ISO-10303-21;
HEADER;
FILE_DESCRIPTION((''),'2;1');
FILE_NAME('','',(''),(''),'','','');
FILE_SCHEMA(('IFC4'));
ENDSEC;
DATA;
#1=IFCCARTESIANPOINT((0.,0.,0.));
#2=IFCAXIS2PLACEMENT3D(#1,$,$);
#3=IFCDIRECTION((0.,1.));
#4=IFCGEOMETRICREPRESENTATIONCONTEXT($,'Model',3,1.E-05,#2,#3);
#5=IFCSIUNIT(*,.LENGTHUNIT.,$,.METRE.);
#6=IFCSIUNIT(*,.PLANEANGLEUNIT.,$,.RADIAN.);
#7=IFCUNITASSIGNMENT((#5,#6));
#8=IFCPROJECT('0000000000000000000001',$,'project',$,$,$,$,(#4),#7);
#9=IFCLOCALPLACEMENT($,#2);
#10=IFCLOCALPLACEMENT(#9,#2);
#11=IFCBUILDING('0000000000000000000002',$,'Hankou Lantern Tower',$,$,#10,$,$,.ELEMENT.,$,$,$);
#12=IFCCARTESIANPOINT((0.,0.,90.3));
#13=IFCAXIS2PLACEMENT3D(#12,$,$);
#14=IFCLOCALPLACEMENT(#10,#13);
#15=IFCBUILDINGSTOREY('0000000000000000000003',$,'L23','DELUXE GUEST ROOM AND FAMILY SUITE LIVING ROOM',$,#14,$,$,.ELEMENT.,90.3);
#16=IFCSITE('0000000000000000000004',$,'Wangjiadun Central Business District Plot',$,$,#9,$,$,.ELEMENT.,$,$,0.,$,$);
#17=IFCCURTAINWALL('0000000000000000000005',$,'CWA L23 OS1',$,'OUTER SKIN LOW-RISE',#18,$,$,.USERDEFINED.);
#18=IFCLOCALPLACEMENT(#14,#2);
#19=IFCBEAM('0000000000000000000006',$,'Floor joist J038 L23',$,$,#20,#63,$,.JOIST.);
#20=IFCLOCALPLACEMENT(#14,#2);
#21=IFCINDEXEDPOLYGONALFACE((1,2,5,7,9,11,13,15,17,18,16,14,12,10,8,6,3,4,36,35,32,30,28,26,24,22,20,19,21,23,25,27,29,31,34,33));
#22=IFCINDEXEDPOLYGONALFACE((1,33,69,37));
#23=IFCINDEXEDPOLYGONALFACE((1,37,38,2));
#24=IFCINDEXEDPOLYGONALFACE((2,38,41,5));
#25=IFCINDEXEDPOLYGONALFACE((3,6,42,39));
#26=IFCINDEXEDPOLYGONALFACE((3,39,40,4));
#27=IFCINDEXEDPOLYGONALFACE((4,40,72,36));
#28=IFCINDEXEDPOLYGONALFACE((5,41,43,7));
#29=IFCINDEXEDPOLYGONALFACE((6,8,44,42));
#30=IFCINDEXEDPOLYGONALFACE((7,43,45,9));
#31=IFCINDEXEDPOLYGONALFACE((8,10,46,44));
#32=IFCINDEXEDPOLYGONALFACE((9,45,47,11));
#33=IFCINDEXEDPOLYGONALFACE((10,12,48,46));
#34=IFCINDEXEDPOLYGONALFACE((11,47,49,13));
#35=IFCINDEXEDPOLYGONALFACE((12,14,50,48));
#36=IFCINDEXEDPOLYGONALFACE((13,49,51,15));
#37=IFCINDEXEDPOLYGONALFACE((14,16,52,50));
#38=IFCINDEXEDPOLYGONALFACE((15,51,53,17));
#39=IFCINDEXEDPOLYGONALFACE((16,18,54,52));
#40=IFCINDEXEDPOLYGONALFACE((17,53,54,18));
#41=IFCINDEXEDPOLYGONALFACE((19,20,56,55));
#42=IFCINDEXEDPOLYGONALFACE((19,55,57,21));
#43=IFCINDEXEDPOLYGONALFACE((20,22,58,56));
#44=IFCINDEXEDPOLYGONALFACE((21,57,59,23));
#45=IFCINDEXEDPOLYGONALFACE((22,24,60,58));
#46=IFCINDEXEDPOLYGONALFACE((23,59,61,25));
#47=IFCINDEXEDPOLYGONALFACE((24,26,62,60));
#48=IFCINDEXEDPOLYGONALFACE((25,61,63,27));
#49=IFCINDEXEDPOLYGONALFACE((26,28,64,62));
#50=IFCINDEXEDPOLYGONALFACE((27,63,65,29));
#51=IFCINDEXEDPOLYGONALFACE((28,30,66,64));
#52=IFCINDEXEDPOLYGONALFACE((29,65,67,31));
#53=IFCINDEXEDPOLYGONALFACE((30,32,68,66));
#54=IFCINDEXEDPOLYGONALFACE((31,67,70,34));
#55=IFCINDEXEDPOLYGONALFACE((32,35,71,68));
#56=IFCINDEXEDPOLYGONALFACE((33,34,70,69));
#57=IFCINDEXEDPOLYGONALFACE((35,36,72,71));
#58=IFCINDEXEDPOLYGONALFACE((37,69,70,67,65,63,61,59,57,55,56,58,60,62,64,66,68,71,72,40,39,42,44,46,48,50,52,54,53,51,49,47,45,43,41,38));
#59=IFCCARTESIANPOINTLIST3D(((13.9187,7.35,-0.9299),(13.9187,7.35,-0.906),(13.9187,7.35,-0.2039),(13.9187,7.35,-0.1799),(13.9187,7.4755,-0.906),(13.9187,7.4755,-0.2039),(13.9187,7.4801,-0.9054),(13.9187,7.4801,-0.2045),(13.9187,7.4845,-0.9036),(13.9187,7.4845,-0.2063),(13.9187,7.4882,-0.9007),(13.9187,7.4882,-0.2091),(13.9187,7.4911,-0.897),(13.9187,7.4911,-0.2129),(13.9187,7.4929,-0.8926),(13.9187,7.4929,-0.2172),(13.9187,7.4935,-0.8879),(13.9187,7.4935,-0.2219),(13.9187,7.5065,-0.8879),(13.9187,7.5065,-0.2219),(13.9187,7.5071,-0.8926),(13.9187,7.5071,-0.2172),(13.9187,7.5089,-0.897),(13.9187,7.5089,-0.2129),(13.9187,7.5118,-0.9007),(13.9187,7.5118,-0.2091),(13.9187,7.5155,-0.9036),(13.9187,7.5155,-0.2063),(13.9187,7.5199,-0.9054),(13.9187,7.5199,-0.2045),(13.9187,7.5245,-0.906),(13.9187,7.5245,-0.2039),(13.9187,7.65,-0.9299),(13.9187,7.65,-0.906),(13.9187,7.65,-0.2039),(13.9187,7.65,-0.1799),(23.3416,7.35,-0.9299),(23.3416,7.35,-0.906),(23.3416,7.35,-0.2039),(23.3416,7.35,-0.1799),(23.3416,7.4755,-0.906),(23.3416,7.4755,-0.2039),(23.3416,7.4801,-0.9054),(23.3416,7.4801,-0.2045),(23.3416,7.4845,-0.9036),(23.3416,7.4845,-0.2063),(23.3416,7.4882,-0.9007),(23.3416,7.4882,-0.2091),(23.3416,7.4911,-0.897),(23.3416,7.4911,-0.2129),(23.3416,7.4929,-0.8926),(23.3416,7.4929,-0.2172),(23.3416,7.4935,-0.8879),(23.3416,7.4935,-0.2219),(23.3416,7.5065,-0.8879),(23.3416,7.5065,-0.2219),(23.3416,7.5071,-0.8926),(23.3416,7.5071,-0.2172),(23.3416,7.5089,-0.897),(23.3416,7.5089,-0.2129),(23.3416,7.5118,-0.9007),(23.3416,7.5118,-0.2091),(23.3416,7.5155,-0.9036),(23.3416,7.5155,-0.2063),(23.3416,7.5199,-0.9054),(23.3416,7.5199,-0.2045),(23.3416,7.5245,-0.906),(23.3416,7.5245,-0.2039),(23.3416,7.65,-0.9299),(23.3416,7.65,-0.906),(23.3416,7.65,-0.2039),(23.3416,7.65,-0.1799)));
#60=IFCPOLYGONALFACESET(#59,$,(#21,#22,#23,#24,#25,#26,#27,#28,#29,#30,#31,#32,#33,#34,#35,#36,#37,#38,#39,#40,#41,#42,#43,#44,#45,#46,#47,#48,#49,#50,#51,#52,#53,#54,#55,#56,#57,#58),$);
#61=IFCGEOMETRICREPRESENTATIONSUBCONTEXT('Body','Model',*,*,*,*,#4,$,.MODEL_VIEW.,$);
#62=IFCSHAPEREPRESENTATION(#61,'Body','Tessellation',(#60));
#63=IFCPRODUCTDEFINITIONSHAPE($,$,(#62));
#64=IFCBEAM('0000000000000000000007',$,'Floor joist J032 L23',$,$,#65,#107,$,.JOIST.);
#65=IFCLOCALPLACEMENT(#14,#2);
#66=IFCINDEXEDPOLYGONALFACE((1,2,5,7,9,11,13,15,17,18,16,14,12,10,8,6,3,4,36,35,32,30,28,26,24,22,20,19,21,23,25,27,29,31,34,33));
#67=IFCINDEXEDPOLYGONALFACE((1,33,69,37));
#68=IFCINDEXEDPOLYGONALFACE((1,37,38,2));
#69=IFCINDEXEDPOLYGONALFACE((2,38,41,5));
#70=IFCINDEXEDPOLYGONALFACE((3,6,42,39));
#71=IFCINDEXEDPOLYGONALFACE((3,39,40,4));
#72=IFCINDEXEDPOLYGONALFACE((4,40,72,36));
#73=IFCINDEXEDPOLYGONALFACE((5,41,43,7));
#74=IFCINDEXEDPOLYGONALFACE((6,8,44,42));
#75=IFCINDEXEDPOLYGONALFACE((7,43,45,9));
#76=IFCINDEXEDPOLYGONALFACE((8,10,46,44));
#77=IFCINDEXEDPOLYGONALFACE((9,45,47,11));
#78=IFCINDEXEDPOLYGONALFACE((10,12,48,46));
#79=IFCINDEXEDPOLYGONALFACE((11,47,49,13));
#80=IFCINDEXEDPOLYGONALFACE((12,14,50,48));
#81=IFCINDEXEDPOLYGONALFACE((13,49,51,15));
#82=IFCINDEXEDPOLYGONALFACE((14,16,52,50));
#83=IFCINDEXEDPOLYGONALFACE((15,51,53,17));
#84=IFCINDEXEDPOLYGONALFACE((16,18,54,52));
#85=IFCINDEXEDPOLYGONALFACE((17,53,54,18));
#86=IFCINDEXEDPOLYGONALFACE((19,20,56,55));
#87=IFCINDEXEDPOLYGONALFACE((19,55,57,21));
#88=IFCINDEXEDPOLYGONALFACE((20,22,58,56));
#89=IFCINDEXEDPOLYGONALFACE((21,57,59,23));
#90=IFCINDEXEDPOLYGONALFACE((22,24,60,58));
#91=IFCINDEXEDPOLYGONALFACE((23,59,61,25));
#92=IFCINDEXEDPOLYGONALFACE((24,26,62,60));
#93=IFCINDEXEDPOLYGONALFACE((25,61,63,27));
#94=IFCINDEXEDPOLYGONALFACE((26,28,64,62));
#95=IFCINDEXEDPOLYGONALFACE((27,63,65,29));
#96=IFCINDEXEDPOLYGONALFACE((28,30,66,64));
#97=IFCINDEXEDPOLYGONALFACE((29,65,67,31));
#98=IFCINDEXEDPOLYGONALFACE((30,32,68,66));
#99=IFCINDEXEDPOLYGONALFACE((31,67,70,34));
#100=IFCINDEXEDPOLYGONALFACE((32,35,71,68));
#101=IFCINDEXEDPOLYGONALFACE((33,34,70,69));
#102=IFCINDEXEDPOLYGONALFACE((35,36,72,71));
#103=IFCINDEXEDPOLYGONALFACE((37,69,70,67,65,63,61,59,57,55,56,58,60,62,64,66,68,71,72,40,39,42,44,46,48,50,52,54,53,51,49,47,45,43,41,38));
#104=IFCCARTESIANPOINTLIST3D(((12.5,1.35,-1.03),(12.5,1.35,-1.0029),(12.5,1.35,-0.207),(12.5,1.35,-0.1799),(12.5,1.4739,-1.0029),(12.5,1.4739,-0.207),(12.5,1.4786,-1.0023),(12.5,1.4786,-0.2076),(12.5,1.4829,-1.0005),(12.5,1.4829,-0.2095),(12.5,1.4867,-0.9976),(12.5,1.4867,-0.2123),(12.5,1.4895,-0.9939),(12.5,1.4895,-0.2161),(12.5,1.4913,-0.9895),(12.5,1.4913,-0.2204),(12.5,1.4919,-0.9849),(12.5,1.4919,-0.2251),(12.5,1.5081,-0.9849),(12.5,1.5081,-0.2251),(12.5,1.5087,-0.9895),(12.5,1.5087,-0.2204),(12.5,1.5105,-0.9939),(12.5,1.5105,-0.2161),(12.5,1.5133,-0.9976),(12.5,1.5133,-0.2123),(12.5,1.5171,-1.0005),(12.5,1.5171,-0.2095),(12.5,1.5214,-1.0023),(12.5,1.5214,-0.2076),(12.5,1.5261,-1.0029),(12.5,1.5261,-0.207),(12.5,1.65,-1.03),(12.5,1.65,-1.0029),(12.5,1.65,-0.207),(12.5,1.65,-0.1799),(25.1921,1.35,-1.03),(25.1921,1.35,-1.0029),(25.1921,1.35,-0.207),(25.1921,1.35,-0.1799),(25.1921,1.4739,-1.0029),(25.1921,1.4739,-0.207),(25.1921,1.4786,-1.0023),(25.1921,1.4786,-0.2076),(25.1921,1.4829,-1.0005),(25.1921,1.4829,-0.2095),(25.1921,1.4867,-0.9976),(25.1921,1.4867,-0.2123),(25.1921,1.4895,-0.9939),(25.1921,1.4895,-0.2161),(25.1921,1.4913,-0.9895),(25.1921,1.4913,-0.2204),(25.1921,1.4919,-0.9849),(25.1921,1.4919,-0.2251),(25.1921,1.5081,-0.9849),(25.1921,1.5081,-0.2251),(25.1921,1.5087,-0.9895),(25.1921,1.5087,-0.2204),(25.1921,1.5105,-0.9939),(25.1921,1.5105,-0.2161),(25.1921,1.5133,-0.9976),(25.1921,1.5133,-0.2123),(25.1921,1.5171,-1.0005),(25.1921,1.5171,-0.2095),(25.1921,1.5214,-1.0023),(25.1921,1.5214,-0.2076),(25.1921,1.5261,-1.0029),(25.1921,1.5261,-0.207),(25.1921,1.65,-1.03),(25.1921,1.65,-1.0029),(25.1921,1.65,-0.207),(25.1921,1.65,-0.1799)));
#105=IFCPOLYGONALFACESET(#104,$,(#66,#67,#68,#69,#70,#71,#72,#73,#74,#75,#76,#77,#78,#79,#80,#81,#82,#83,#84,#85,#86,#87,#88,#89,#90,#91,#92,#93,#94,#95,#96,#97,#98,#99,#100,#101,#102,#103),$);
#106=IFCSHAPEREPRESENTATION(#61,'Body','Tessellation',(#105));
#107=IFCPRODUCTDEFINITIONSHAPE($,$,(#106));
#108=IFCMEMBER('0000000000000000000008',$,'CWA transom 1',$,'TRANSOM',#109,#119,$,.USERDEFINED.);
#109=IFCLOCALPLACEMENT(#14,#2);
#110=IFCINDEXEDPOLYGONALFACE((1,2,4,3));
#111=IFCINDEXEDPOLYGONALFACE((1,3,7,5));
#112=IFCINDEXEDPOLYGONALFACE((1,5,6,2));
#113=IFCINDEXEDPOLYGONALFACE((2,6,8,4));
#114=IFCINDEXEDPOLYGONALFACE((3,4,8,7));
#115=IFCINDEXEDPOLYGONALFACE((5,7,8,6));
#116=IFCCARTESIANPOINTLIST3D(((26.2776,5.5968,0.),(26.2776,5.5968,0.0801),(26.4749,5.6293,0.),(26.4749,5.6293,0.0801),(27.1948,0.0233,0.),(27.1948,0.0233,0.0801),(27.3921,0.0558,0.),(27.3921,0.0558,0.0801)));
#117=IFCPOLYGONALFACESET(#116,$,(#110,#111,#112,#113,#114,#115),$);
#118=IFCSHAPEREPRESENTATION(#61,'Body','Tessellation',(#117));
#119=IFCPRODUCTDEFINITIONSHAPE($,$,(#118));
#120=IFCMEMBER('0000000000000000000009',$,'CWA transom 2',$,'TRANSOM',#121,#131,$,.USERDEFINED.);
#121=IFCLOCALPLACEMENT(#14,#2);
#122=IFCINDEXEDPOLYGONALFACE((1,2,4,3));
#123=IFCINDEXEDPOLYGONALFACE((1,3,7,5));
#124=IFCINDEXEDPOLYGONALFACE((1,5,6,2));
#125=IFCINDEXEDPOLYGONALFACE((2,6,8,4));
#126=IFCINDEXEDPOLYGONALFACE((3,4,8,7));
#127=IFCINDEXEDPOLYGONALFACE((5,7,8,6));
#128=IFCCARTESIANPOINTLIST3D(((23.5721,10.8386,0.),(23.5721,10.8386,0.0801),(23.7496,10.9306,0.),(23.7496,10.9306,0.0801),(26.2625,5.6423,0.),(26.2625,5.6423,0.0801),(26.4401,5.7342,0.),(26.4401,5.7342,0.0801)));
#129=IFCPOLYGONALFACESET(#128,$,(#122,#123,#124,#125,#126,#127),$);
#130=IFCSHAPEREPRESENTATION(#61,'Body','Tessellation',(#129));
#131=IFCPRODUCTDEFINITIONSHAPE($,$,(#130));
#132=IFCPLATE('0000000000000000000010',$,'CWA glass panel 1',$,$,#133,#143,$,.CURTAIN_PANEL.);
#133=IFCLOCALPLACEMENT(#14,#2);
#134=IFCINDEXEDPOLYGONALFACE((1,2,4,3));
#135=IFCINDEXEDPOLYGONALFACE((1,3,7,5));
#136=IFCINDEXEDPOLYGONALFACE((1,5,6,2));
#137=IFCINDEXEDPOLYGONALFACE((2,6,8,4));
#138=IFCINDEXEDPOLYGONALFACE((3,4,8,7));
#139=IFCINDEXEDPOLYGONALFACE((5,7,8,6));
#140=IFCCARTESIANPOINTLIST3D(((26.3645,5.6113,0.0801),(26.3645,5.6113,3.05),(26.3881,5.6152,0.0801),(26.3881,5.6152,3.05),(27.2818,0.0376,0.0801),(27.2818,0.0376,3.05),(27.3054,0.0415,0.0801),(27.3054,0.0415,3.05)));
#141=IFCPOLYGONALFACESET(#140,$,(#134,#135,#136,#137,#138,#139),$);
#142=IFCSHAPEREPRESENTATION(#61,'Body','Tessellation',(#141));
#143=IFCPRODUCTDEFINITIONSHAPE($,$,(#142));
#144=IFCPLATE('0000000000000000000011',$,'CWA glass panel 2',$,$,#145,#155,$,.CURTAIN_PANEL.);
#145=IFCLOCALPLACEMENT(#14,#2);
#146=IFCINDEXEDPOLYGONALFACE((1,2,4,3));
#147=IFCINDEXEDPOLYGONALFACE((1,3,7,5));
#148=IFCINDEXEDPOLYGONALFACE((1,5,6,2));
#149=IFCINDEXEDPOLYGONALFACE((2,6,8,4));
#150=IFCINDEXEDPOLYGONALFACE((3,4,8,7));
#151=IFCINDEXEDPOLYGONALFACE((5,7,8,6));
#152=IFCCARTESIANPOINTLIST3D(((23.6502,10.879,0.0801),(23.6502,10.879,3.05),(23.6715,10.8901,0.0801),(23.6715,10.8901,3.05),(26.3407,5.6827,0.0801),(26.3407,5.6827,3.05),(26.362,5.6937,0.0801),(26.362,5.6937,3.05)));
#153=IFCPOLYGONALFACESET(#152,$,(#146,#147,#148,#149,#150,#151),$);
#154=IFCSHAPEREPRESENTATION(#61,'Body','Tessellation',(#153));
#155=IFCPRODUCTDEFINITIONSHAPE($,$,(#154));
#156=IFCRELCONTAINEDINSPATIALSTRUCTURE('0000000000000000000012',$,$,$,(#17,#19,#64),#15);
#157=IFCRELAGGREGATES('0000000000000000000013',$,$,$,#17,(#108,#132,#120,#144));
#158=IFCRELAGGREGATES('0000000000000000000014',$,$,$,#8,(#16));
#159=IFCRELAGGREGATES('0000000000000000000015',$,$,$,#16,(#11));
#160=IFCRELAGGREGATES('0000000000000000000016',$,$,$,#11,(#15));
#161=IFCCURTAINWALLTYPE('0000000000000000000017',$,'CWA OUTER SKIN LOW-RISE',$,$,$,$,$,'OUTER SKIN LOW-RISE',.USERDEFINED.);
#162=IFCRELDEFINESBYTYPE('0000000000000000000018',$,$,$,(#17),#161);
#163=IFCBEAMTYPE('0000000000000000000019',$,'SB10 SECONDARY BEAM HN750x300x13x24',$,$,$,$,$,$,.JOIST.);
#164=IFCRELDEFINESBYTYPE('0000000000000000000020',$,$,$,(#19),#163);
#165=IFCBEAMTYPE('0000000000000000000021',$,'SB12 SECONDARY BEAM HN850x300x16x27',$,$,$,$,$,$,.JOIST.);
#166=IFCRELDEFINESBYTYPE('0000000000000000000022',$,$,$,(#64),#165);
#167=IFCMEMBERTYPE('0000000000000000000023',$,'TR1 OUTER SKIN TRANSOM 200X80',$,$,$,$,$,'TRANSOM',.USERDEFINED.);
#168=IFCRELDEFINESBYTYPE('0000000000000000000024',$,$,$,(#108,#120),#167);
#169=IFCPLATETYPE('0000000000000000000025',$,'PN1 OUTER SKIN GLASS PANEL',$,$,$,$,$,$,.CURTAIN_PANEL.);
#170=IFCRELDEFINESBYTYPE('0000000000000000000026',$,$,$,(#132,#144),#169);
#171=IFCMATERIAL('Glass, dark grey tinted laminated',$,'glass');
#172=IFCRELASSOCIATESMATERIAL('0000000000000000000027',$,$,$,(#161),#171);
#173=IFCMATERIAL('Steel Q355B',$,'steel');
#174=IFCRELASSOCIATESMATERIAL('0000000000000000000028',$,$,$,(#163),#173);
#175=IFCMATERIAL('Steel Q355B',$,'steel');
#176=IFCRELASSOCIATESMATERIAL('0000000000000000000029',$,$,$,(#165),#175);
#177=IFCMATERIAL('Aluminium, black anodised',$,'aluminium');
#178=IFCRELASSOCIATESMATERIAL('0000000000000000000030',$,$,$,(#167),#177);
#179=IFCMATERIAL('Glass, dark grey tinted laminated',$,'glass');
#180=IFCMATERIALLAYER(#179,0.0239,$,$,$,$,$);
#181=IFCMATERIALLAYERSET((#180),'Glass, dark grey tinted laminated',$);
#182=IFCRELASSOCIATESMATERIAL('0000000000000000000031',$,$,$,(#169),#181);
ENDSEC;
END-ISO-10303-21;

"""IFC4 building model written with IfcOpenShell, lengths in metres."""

from ifc_helpers import new_model, si_unit, direction, frame, origin, origin_2d, place, context, subcontext, project, spatial, rectangle, i_section, extrude, material, layer, layer_set, material_profile, profile_set, type_object, element, aggregate, save


model = new_model("IFC4")

# Units and contexts
model_context = context("Model", 3, precision=1e-05, world=origin(), true_north=direction((0.0, 1.0)))
body_context = subcontext(model_context, "Body", "Model", "MODEL_VIEW")
ifc_project = project(units=[si_unit("LENGTHUNIT", "METRE"), si_unit("PLANEANGLEUNIT", "RADIAN")], contexts=[model_context])

# Site, building, storey
site_placement = place(None, origin())
site = spatial("IfcSite", under=ifc_project, at=site_placement, Name="Wangjiadun Central Business District Plot", CompositionType="ELEMENT", RefElevation=0.0)
building_placement = place(site_placement, origin())
building = spatial("IfcBuilding", under=site, at=building_placement, Name="Hankou Lantern Tower", CompositionType="ELEMENT")
storey_placement = place(building_placement, frame((0.0, 0.0, 90.3)))
storey = spatial("IfcBuildingStorey", under=building, at=storey_placement, Name="L23", Description="DELUXE GUEST ROOM AND FAMILY SUITE LIVING ROOM", CompositionType="ELEMENT", Elevation=90.3)

# Curtain wall
ifc_material_1 = material(Name="Glass, dark grey tinted laminated", Category="glass")
curtain_wall_type = type_object("IfcCurtainWallType", Name="CWA OUTER SKIN LOW-RISE", ElementType="OUTER SKIN LOW-RISE", PredefinedType="USERDEFINED", material=ifc_material_1)
curtain_wall_placement = place(storey_placement, origin())
curtain_wall = element("IfcCurtainWall", 1, at=curtain_wall_placement, inside=storey, type_object=curtain_wall_type, Name="CWA L23 OS1", ObjectType="OUTER SKIN LOW-RISE", PredefinedType="USERDEFINED")

# Beams
ifc_material_2 = material(Name="Steel Q355B", Category="steel")
ifc_material_profile_1 = material_profile(ifc_material_2, i_section(OverallWidth=0.3, OverallDepth=0.75, WebThickness=0.0129, FlangeThickness=0.0239, FilletRadius=0.0181, at=origin_2d()), Name="HN750x300x13x24")
ifc_profile_set_1 = profile_set([ifc_material_profile_1], Name="Steel Q355B")
beam_type_1 = type_object("IfcBeamType", Name="SB10 SECONDARY BEAM HN750x300x13x24", PredefinedType="JOIST", material=ifc_profile_set_1)
beam_1_placement = place(storey_placement, frame((13.9187, 7.5, -0.5549), z_axis=(1.0, 0.0, 0.0), x_axis=(0.0, 1.0, 0.0)))
element("IfcBeam", 2, at=beam_1_placement, inside=storey, type_object=beam_type_1, Name="Floor joist J038 L23", PredefinedType="JOIST", context=body_context, shape_type="SweptSolid", body=[
    extrude(i_section(OverallWidth=0.3, OverallDepth=0.75, WebThickness=0.0129, FlangeThickness=0.0239, FilletRadius=0.0181, at=origin_2d()), origin(), (0.0, 0.0, 1.0), 9.4229),
])
ifc_material_3 = material(Name="Steel Q355B", Category="steel")
ifc_material_profile_2 = material_profile(ifc_material_3, i_section(OverallWidth=0.3, OverallDepth=0.8501, WebThickness=0.0161, FlangeThickness=0.0271, FilletRadius=0.0181, at=origin_2d()), Name="HN850x300x16x27")
ifc_profile_set_2 = profile_set([ifc_material_profile_2], Name="Steel Q355B")
beam_type_2 = type_object("IfcBeamType", Name="SB12 SECONDARY BEAM HN850x300x16x27", PredefinedType="JOIST", material=ifc_profile_set_2)
beam_2_placement = place(storey_placement, frame((12.5, 1.5, -0.605), z_axis=(1.0, 0.0, 0.0), x_axis=(0.0, 1.0, 0.0)))
element("IfcBeam", 3, at=beam_2_placement, inside=storey, type_object=beam_type_2, Name="Floor joist J032 L23", PredefinedType="JOIST", context=body_context, shape_type="SweptSolid", body=[
    extrude(i_section(OverallWidth=0.3, OverallDepth=0.8501, WebThickness=0.0161, FlangeThickness=0.0271, FilletRadius=0.0181, at=origin_2d()), origin(), (0.0, 0.0, 1.0), 12.6921),
])

# Members
ifc_material_4 = material(Name="Aluminium, black anodised", Category="aluminium")
ifc_material_profile_3 = material_profile(ifc_material_4, rectangle(XDim=0.2, YDim=0.0801, at=origin_2d()), Name="TR1 200X80")
ifc_profile_set_3 = profile_set([ifc_material_profile_3], Name="Aluminium, black anodised")
member_type_1 = type_object("IfcMemberType", Name="TR1 OUTER SKIN TRANSOM 200X80", ElementType="TRANSOM", PredefinedType="USERDEFINED", material=ifc_profile_set_3)
member_1_placement = place(storey_placement, frame((27.2935, 0.0396, 0.04), z_axis=(-0.162387, 0.986727, 0.0), x_axis=(-0.986727, -0.162387, 0.0)))
member_1 = element("IfcMember", 4, at=member_1_placement, type_object=member_type_1, Name="CWA transom 1", ObjectType="TRANSOM", PredefinedType="USERDEFINED", context=body_context, shape_type="SweptSolid", body=[
    extrude(rectangle(XDim=0.2, YDim=0.0801, at=origin_2d()), origin(), (0.0, 0.0, 1.0), 5.6484),
])
member_2_placement = place(storey_placement, frame((26.3513, 5.6882, 0.04), z_axis=(-0.459786, 0.88803, 0.0), x_axis=(-0.88803, -0.459786, 0.0)))
member_2 = element("IfcMember", 5, at=member_2_placement, type_object=member_type_1, Name="CWA transom 2", ObjectType="TRANSOM", PredefinedType="USERDEFINED", context=body_context, shape_type="SweptSolid", body=[
    extrude(rectangle(XDim=0.2, YDim=0.0801, at=origin_2d()), origin(), (0.0, 0.0, 1.0), 5.8516),
])

# Plates
ifc_material_5 = material(Name="Glass, dark grey tinted laminated", Category="glass")
ifc_layer_1 = layer(ifc_material_5, 0.0239)
ifc_layer_set_1 = layer_set([ifc_layer_1], Name="Glass, dark grey tinted laminated")
plate_type = type_object("IfcPlateType", Name="PN1 OUTER SKIN GLASS PANEL", PredefinedType="CURTAIN_PANEL", material=ifc_layer_set_1)
plate_1_placement = place(storey_placement, frame((26.835, 2.8264, 0.0801), z_axis=(0.0, 0.0, 1.0), x_axis=(-0.162382, 0.986728, 0.0)))
plate_1 = element("IfcPlate", 6, at=plate_1_placement, type_object=plate_type, Name="CWA glass panel 1", PredefinedType="CURTAIN_PANEL", context=body_context, shape_type="SweptSolid", body=[
    extrude(rectangle(XDim=5.6487, YDim=0.0239, at=origin_2d()), origin(), (0.0, 0.0, 1.0), 2.97),
])
plate_2_placement = place(storey_placement, frame((25.0061, 8.2864, 0.0801), z_axis=(0.0, 0.0, 1.0), x_axis=(-0.459791, 0.888027, 0.0)))
plate_2 = element("IfcPlate", 7, at=plate_2_placement, type_object=plate_type, Name="CWA glass panel 2", PredefinedType="CURTAIN_PANEL", context=body_context, shape_type="SweptSolid", body=[
    extrude(rectangle(XDim=5.8516, YDim=0.0239, at=origin_2d()), origin(), (0.0, 0.0, 1.0), 2.97),
])
aggregate(curtain_wall, [member_1, plate_1, member_2, plate_2])

save(model, "model.ifc")
